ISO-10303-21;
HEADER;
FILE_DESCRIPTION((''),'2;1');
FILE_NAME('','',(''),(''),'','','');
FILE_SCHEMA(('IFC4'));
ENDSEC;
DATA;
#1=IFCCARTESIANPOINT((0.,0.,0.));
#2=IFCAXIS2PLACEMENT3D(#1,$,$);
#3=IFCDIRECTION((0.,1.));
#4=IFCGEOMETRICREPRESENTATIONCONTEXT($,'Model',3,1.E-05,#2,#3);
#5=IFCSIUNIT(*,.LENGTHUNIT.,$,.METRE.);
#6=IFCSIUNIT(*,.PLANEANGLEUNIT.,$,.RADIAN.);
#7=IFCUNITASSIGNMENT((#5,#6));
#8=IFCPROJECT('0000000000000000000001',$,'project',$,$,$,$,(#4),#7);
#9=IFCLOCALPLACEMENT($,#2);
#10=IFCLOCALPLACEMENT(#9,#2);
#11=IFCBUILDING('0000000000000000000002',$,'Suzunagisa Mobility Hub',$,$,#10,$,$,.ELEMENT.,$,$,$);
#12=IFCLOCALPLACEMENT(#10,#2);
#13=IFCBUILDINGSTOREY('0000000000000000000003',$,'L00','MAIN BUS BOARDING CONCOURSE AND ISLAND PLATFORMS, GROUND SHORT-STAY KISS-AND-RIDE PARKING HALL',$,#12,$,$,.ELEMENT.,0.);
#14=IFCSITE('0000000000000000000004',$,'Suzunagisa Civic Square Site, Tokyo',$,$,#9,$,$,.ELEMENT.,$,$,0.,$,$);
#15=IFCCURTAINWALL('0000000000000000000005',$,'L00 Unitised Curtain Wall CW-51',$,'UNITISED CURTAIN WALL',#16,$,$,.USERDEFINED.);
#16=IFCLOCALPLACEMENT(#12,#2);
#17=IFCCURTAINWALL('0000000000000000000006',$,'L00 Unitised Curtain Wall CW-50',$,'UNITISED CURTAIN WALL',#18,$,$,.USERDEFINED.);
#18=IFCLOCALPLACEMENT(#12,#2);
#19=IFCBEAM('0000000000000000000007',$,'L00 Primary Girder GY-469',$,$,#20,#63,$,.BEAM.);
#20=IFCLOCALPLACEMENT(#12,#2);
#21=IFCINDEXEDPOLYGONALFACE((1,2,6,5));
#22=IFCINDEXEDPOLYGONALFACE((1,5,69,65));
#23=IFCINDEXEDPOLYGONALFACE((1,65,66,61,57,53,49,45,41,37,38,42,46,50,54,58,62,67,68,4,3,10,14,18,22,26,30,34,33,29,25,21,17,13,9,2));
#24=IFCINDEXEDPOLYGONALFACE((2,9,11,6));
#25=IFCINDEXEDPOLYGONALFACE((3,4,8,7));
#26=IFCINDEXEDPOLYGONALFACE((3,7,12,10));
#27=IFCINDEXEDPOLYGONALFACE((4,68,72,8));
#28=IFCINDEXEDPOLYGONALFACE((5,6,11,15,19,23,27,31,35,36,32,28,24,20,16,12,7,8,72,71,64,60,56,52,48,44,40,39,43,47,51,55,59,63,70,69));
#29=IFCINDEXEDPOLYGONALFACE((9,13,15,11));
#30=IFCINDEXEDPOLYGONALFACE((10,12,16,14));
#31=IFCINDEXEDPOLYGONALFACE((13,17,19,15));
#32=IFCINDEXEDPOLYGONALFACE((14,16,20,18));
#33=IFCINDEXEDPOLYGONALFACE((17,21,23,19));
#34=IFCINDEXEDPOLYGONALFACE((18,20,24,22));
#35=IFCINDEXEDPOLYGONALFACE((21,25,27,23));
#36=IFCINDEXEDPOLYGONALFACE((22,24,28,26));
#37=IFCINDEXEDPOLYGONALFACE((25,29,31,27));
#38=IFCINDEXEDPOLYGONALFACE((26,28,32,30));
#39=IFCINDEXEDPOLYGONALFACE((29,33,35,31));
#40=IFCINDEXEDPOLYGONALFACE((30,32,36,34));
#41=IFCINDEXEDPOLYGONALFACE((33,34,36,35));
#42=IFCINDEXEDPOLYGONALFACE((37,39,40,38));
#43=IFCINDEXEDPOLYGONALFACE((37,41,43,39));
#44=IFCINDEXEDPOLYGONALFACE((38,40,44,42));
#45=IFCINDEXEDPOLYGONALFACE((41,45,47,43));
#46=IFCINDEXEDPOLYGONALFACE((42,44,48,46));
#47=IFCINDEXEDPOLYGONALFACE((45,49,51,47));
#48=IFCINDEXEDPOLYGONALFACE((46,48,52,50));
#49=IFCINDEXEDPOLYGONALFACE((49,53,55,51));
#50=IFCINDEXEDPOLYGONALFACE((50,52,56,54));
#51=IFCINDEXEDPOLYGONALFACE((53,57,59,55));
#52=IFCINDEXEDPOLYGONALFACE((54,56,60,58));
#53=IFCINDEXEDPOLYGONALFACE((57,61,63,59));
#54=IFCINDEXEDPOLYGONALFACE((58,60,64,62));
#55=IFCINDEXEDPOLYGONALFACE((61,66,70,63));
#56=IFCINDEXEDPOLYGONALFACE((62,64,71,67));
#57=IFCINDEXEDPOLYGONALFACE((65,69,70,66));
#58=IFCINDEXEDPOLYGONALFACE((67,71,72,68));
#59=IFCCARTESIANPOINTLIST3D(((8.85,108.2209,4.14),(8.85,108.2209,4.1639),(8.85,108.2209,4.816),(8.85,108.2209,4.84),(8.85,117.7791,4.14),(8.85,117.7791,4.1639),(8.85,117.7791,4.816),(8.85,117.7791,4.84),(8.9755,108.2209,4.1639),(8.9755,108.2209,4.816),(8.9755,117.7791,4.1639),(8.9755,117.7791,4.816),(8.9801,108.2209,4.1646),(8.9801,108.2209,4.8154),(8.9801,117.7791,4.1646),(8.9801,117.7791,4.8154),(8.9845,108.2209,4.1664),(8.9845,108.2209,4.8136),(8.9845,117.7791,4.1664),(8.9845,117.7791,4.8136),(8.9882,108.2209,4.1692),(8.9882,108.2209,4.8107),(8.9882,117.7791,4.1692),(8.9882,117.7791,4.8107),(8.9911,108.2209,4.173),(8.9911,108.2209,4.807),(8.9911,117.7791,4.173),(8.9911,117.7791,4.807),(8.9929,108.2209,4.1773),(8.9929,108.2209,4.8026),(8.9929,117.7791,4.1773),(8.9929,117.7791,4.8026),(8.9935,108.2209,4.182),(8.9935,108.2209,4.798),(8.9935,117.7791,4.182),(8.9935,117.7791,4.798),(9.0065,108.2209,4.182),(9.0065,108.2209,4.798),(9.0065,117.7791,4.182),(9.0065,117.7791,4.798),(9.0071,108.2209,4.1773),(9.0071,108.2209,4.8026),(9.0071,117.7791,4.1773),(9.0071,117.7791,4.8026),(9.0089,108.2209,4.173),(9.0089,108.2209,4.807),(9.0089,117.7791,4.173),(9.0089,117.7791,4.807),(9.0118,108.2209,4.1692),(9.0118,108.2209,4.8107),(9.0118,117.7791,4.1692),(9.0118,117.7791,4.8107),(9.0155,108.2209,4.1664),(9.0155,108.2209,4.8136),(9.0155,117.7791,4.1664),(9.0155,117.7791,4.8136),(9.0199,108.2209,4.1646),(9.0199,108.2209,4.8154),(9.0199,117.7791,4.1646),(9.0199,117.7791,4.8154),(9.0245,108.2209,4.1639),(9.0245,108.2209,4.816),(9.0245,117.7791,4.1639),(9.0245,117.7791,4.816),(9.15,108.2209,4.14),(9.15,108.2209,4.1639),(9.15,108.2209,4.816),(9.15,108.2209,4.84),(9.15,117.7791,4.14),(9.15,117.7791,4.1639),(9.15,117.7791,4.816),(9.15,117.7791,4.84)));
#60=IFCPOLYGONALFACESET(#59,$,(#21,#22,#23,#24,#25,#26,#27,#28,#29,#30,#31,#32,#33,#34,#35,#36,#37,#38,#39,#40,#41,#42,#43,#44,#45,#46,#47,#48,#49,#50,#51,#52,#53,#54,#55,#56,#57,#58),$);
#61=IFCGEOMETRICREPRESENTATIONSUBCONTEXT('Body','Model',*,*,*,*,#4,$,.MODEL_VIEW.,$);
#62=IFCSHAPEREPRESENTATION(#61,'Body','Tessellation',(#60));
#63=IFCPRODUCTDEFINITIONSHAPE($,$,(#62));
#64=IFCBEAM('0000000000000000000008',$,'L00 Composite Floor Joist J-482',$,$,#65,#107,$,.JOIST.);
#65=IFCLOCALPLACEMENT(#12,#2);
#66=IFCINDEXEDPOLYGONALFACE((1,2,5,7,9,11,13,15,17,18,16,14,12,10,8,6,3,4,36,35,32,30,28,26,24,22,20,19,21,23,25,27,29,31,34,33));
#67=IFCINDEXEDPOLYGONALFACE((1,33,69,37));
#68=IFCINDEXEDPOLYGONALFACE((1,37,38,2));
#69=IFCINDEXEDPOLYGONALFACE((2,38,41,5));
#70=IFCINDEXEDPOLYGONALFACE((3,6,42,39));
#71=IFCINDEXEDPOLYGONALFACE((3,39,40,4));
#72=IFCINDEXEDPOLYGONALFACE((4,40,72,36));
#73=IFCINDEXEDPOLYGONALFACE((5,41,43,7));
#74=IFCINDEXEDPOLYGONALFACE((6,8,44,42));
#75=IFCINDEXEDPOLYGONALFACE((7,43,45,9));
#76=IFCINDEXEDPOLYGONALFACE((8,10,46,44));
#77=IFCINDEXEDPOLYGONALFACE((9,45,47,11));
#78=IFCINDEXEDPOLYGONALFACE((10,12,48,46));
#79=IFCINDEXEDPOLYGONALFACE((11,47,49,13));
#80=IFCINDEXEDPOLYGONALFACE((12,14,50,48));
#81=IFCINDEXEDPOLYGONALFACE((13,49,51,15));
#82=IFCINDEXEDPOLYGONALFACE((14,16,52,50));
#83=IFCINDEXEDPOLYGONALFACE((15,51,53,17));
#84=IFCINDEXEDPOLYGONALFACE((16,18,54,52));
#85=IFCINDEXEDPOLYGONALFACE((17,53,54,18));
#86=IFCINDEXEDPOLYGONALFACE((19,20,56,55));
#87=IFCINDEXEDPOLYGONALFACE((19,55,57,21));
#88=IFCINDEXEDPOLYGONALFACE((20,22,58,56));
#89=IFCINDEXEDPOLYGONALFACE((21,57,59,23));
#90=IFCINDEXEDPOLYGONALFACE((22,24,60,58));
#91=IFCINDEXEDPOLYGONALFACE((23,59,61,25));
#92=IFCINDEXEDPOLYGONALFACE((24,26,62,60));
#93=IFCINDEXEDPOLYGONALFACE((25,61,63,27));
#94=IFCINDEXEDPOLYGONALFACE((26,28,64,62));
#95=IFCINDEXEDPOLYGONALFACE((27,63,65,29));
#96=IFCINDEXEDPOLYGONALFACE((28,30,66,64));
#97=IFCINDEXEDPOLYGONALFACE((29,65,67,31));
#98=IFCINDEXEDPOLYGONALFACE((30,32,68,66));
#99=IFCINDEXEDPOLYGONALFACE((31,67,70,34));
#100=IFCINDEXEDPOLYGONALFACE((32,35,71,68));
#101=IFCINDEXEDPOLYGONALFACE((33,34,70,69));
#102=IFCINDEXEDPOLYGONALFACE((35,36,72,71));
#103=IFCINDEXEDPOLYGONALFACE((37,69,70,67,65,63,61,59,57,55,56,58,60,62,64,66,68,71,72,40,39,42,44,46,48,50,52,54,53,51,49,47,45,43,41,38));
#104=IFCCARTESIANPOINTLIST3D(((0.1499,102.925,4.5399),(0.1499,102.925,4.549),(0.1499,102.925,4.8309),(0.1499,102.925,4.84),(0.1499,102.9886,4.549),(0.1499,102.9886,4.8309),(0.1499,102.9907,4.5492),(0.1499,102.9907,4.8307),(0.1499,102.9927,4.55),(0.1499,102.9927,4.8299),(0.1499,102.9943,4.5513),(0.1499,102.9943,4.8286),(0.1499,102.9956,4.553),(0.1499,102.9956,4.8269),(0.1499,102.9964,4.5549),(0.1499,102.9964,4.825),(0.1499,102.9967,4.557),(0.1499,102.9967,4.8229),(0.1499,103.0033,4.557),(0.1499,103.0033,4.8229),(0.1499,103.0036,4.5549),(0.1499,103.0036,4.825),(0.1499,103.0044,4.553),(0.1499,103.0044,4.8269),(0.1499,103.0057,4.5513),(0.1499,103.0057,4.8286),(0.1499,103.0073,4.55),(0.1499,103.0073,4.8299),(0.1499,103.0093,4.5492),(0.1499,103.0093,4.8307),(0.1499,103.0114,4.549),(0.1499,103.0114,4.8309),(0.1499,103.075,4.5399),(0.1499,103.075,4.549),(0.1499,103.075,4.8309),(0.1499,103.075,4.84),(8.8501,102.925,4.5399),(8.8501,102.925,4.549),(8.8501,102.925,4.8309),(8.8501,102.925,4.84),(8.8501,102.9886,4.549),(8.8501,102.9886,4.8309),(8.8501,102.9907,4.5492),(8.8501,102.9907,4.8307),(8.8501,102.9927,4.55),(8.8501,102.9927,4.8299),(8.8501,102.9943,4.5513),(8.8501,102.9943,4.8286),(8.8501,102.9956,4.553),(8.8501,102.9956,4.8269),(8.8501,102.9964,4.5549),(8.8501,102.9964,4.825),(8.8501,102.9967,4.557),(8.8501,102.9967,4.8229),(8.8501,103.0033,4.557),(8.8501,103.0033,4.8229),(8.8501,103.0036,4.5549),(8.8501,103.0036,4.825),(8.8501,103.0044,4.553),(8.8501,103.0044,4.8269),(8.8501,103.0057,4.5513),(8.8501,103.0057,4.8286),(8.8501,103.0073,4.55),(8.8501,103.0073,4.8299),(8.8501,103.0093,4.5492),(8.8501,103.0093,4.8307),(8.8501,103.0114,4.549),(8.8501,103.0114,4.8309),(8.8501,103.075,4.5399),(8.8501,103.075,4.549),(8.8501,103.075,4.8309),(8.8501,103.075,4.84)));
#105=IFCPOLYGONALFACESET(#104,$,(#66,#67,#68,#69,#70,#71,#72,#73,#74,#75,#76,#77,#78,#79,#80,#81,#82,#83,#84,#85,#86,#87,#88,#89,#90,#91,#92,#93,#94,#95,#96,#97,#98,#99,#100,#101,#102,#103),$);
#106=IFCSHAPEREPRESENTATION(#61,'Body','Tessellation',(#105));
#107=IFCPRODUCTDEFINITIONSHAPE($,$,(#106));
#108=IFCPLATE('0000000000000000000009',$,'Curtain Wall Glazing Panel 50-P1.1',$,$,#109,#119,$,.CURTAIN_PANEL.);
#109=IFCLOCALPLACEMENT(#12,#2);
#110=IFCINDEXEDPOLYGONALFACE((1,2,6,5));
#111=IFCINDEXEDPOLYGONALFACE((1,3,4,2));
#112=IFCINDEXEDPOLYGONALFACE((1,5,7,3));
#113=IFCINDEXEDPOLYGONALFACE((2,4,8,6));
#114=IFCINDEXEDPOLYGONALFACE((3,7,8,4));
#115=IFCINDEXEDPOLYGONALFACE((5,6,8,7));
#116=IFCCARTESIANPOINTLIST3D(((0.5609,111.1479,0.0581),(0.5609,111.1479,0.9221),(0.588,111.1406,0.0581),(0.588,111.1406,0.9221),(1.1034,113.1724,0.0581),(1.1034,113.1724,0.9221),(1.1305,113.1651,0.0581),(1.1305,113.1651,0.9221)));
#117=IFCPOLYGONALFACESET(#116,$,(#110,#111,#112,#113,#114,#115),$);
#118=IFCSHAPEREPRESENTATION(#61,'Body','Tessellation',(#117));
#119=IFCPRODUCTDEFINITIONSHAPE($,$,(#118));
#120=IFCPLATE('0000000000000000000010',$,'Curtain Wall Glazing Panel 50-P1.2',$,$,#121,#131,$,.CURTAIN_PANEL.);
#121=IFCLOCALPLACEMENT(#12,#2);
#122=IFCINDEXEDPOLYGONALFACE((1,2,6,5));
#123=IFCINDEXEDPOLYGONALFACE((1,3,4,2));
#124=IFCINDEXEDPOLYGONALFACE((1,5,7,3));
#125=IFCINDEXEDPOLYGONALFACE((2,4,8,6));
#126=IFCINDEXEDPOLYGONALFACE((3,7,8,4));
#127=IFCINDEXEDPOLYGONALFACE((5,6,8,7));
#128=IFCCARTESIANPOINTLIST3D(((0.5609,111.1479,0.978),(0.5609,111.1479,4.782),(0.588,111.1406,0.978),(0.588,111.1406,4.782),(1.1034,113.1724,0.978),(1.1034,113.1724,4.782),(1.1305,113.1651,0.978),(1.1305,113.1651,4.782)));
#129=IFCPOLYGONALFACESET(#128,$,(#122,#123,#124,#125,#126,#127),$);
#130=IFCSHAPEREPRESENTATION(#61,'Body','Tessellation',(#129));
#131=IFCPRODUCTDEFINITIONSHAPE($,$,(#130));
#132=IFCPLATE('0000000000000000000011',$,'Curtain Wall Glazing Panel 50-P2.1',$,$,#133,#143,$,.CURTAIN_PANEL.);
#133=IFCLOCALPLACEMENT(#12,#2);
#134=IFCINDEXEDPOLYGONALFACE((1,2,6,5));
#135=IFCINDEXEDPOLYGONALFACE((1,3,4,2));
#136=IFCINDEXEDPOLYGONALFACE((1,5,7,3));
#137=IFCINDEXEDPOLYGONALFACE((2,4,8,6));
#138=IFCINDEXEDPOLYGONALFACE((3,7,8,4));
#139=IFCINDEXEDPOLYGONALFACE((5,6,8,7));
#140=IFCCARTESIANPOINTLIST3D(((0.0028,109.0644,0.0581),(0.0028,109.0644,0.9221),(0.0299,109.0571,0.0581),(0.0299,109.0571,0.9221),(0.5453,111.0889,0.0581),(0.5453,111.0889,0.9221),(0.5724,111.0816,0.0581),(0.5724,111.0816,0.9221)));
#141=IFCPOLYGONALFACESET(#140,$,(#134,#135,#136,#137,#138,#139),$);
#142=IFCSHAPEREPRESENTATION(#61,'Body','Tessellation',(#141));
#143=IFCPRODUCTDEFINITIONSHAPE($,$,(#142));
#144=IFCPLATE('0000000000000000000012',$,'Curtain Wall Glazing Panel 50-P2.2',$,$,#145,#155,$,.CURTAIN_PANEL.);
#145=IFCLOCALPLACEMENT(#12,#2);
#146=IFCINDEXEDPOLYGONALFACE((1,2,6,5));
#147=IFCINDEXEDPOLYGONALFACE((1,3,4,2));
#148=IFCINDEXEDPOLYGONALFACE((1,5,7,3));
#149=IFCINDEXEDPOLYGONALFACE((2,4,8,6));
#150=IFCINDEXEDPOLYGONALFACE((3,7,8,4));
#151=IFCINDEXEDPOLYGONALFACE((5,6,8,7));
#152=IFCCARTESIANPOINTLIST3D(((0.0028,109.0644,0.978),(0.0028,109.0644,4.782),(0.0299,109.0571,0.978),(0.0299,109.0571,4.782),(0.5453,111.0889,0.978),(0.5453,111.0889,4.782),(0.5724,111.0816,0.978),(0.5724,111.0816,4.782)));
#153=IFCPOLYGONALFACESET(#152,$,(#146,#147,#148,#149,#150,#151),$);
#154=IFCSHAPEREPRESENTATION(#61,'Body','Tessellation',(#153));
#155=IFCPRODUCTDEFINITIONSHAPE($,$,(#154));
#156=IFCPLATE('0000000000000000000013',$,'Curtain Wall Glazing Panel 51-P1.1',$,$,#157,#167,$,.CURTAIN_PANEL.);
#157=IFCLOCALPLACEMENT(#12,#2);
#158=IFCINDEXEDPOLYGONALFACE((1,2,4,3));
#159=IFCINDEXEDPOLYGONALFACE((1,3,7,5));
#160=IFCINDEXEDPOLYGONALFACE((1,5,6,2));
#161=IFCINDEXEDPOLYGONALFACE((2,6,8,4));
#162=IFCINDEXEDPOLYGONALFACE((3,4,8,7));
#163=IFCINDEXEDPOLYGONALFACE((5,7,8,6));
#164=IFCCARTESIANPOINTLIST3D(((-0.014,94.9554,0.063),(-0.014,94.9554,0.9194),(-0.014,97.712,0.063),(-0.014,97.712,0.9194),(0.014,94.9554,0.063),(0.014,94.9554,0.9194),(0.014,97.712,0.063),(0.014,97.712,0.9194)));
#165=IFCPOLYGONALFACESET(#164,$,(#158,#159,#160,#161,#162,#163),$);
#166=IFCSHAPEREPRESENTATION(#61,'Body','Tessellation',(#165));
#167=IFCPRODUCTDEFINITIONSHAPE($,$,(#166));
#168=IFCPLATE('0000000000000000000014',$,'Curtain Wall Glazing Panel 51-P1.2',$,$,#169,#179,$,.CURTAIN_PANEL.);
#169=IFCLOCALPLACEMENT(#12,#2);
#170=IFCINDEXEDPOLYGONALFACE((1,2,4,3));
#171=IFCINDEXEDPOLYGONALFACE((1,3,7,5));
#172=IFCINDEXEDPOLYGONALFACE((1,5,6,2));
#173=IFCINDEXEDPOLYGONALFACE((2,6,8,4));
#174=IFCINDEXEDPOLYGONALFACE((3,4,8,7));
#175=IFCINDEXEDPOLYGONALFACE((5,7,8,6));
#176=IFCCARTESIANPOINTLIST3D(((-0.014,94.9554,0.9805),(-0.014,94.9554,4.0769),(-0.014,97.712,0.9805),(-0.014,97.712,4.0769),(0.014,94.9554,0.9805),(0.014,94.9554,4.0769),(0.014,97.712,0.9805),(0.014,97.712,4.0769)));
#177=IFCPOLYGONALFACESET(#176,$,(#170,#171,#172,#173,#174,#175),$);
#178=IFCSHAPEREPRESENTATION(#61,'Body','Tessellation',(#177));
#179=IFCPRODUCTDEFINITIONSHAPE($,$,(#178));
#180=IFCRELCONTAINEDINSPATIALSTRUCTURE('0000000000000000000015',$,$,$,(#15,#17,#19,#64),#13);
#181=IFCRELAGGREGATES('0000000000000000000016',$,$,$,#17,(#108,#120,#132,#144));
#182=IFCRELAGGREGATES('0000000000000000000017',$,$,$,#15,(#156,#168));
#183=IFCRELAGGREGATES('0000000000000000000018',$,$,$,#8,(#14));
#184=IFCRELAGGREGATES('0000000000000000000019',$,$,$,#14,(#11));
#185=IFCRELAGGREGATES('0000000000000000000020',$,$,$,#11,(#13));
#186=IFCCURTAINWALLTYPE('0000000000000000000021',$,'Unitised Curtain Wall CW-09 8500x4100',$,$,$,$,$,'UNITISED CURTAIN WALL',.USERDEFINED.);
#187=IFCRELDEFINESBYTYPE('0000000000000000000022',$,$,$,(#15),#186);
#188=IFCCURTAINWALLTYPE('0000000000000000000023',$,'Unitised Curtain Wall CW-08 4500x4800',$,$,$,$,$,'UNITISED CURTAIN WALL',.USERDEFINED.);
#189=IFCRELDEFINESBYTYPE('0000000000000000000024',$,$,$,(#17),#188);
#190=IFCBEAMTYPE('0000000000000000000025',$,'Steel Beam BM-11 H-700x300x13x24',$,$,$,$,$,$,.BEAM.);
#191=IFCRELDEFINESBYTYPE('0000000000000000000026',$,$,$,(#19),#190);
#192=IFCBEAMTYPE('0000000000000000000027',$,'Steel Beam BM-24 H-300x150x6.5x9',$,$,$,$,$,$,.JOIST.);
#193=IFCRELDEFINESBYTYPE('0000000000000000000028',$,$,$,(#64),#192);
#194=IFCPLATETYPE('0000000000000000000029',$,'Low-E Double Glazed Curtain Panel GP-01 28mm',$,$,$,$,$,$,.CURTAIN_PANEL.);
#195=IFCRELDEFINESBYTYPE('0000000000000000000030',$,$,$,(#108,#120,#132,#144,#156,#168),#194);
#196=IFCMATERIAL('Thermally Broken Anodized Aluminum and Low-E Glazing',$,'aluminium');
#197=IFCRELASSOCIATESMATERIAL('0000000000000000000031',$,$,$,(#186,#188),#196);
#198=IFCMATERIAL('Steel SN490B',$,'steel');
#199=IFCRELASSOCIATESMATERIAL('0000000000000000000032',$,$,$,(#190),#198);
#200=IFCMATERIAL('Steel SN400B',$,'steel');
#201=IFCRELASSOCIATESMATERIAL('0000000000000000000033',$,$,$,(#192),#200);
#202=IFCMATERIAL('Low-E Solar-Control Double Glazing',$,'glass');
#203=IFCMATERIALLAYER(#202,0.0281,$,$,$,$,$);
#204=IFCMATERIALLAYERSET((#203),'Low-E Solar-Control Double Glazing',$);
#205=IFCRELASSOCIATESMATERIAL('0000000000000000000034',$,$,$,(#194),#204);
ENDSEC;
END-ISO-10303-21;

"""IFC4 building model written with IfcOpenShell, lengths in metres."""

from ifc_helpers import new_model, si_unit, direction, frame, origin, origin_2d, place, context, subcontext, project, spatial, rectangle, i_section, extrude, material, layer, layer_set, material_profile, profile_set, type_object, element, aggregate, save


model = new_model("IFC4")

# Units and contexts
model_context = context("Model", 3, precision=1e-05, world=origin(), true_north=direction((0.0, 1.0)))
body_context = subcontext(model_context, "Body", "Model", "MODEL_VIEW")
ifc_project = project(units=[si_unit("LENGTHUNIT", "METRE"), si_unit("PLANEANGLEUNIT", "RADIAN")], contexts=[model_context])

# Site, building, storey
site_placement = place(None, origin())
site = spatial("IfcSite", under=ifc_project, at=site_placement, Name="Suzunagisa Civic Square Site, Tokyo", CompositionType="ELEMENT", RefElevation=0.0)
building_placement = place(site_placement, origin())
building = spatial("IfcBuilding", under=site, at=building_placement, Name="Suzunagisa Mobility Hub", CompositionType="ELEMENT")
storey_placement = place(building_placement, origin())
storey = spatial("IfcBuildingStorey", under=building, at=storey_placement, Name="L00", Description="MAIN BUS BOARDING CONCOURSE AND ISLAND PLATFORMS, GROUND SHORT-STAY KISS-AND-RIDE PARKING HALL", CompositionType="ELEMENT", Elevation=0.0)

# Shared definitions
ifc_material_1 = material(Name="Steel SN490B", Category="steel")

# Curtain walls
ifc_material_2 = material(Name="Thermally Broken Anodized Aluminum and Low-E Glazing", Category="aluminium")
curtain_wall_type_1 = type_object("IfcCurtainWallType", Name="Unitised Curtain Wall CW-09 8500x4100", ElementType="UNITISED CURTAIN WALL", PredefinedType="USERDEFINED", material=ifc_material_2)
curtain_wall_1_placement = place(storey_placement, origin())
curtain_wall_1 = element("IfcCurtainWall", 1, at=curtain_wall_1_placement, inside=storey, type_object=curtain_wall_type_1, Name="L00 Unitised Curtain Wall CW-51", ObjectType="UNITISED CURTAIN WALL", PredefinedType="USERDEFINED")
curtain_wall_type_2 = type_object("IfcCurtainWallType", Name="Unitised Curtain Wall CW-08 4500x4800", ElementType="UNITISED CURTAIN WALL", PredefinedType="USERDEFINED", material=ifc_material_2)
curtain_wall_2_placement = place(storey_placement, origin())
curtain_wall_2 = element("IfcCurtainWall", 2, at=curtain_wall_2_placement, inside=storey, type_object=curtain_wall_type_2, Name="L00 Unitised Curtain Wall CW-50", ObjectType="UNITISED CURTAIN WALL", PredefinedType="USERDEFINED")

# Beams
ifc_material_profile_1 = material_profile(ifc_material_1, i_section(OverallWidth=0.3, OverallDepth=0.7, WebThickness=0.0129, FlangeThickness=0.0239, FilletRadius=0.0181, at=origin_2d()), Name="H-700x300x13x24")
ifc_profile_set_1 = profile_set([ifc_material_profile_1], Name="Steel SN490B")
beam_type_1 = type_object("IfcBeamType", Name="Steel Beam BM-11 H-700x300x13x24", PredefinedType="BEAM", material=ifc_profile_set_1)
for number, where, z_axis, x_axis, name in (
    (3, (9.0, 108.2209, 4.49), (0.0, 1.0, 0.0), (-1.0, 0.0, 0.0), "L00 Primary Girder GY-469"),
):
    element("IfcBeam", number, at=place(storey_placement, frame(where, z_axis=z_axis, x_axis=x_axis)), inside=storey, type_object=beam_type_1, Name=name, PredefinedType="BEAM", context=body_context, shape_type="SweptSolid", body=[
        extrude(i_section(OverallWidth=0.3, OverallDepth=0.7, WebThickness=0.0129, FlangeThickness=0.0239, FilletRadius=0.0181, at=origin_2d()), origin(), (0.0, 0.0, 1.0), 9.5581),
    ])
ifc_material_3 = material(Name="Steel SN400B", Category="steel")
ifc_material_profile_2 = material_profile(ifc_material_3, i_section(OverallWidth=0.1499, OverallDepth=0.3, WebThickness=0.0066, FlangeThickness=0.009, FilletRadius=0.0081, at=origin_2d()), Name="H-300x150x6.5x9")
ifc_profile_set_2 = profile_set([ifc_material_profile_2], Name="Steel SN400B")
beam_type_2 = type_object("IfcBeamType", Name="Steel Beam BM-24 H-300x150x6.5x9", PredefinedType="JOIST", material=ifc_profile_set_2)
beam_placement = place(storey_placement, frame((0.1499, 103.0, 4.6899), z_axis=(1.0, 0.0, 0.0), x_axis=(0.0, 1.0, 0.0)))
element("IfcBeam", 4, at=beam_placement, inside=storey, type_object=beam_type_2, Name="L00 Composite Floor Joist J-482", PredefinedType="JOIST", context=body_context, shape_type="SweptSolid", body=[
    extrude(i_section(OverallWidth=0.1499, OverallDepth=0.3, WebThickness=0.0066, FlangeThickness=0.009, FilletRadius=0.0081, at=origin_2d()), origin(), (0.0, 0.0, 1.0), 8.7002),
])

# Plates
ifc_material_4 = material(Name="Low-E Solar-Control Double Glazing", Category="glass")
ifc_layer_1 = layer(ifc_material_4, 0.0281)
ifc_layer_set_1 = layer_set([ifc_layer_1], Name="Low-E Solar-Control Double Glazing")
plate_type = type_object("IfcPlateType", Name="Low-E Double Glazed Curtain Panel GP-01 28mm", PredefinedType="CURTAIN_PANEL", material=ifc_layer_set_1)
plate_1_placement = place(storey_placement, frame((0.8457, 112.1565, 0.0581), z_axis=(0.0, 0.0, 1.0), x_axis=(-0.258815, -0.965927, 0.0)))
plate_1 = element("IfcPlate", 5, at=plate_1_placement, type_object=plate_type, Name="Curtain Wall Glazing Panel 50-P1.1", PredefinedType="CURTAIN_PANEL", context=body_context, shape_type="SweptSolid", body=[
    extrude(rectangle(XDim=2.0959, YDim=0.0281, at=origin_2d()), origin(), (0.0, 0.0, 1.0), 0.864),
])
plate_2_placement = place(storey_placement, frame((0.8457, 112.1565, 0.978), z_axis=(0.0, 0.0, 1.0), x_axis=(-0.258815, -0.965927, 0.0)))
plate_2 = element("IfcPlate", 6, at=plate_2_placement, type_object=plate_type, Name="Curtain Wall Glazing Panel 50-P1.2", PredefinedType="CURTAIN_PANEL", context=body_context, shape_type="SweptSolid", body=[
    extrude(rectangle(XDim=2.0959, YDim=0.0281, at=origin_2d()), origin(), (0.0, 0.0, 1.0), 3.804),
])
plate_3_placement = place(storey_placement, frame((0.2876, 110.073, 0.0581), z_axis=(0.0, 0.0, 1.0), x_axis=(-0.258815, -0.965927, 0.0)))
plate_3 = element("IfcPlate", 7, at=plate_3_placement, type_object=plate_type, Name="Curtain Wall Glazing Panel 50-P2.1", PredefinedType="CURTAIN_PANEL", context=body_context, shape_type="SweptSolid", body=[
    extrude(rectangle(XDim=2.0959, YDim=0.0281, at=origin_2d()), origin(), (0.0, 0.0, 1.0), 0.864),
])
plate_4_placement = place(storey_placement, frame((0.2876, 110.073, 0.978), z_axis=(0.0, 0.0, 1.0), x_axis=(-0.258815, -0.965927, 0.0)))
plate_4 = element("IfcPlate", 8, at=plate_4_placement, type_object=plate_type, Name="Curtain Wall Glazing Panel 50-P2.2", PredefinedType="CURTAIN_PANEL", context=body_context, shape_type="SweptSolid", body=[
    extrude(rectangle(XDim=2.0959, YDim=0.0281, at=origin_2d()), origin(), (0.0, 0.0, 1.0), 3.804),
])
aggregate(curtain_wall_2, [plate_1, plate_2, plate_3, plate_4])
plate_5_placement = place(storey_placement, frame((0.0, 96.3337, 0.063), z_axis=(0.0, 0.0, 1.0), x_axis=(0.0, -1.0, 0.0)))
plate_5 = element("IfcPlate", 9, at=plate_5_placement, type_object=plate_type, Name="Curtain Wall Glazing Panel 51-P1.1", PredefinedType="CURTAIN_PANEL", context=body_context, shape_type="SweptSolid", body=[
    extrude(rectangle(XDim=2.7566, YDim=0.0281, at=origin_2d()), origin(), (0.0, 0.0, 1.0), 0.8564),
])
plate_6_placement = place(storey_placement, frame((0.0, 96.3337, 0.9805), z_axis=(0.0, 0.0, 1.0), x_axis=(0.0, -1.0, 0.0)))
plate_6 = element("IfcPlate", 10, at=plate_6_placement, type_object=plate_type, Name="Curtain Wall Glazing Panel 51-P1.2", PredefinedType="CURTAIN_PANEL", context=body_context, shape_type="SweptSolid", body=[
    extrude(rectangle(XDim=2.7566, YDim=0.0281, at=origin_2d()), origin(), (0.0, 0.0, 1.0), 3.0964),
])
aggregate(curtain_wall_1, [plate_5, plate_6])

save(model, "model.ifc")
